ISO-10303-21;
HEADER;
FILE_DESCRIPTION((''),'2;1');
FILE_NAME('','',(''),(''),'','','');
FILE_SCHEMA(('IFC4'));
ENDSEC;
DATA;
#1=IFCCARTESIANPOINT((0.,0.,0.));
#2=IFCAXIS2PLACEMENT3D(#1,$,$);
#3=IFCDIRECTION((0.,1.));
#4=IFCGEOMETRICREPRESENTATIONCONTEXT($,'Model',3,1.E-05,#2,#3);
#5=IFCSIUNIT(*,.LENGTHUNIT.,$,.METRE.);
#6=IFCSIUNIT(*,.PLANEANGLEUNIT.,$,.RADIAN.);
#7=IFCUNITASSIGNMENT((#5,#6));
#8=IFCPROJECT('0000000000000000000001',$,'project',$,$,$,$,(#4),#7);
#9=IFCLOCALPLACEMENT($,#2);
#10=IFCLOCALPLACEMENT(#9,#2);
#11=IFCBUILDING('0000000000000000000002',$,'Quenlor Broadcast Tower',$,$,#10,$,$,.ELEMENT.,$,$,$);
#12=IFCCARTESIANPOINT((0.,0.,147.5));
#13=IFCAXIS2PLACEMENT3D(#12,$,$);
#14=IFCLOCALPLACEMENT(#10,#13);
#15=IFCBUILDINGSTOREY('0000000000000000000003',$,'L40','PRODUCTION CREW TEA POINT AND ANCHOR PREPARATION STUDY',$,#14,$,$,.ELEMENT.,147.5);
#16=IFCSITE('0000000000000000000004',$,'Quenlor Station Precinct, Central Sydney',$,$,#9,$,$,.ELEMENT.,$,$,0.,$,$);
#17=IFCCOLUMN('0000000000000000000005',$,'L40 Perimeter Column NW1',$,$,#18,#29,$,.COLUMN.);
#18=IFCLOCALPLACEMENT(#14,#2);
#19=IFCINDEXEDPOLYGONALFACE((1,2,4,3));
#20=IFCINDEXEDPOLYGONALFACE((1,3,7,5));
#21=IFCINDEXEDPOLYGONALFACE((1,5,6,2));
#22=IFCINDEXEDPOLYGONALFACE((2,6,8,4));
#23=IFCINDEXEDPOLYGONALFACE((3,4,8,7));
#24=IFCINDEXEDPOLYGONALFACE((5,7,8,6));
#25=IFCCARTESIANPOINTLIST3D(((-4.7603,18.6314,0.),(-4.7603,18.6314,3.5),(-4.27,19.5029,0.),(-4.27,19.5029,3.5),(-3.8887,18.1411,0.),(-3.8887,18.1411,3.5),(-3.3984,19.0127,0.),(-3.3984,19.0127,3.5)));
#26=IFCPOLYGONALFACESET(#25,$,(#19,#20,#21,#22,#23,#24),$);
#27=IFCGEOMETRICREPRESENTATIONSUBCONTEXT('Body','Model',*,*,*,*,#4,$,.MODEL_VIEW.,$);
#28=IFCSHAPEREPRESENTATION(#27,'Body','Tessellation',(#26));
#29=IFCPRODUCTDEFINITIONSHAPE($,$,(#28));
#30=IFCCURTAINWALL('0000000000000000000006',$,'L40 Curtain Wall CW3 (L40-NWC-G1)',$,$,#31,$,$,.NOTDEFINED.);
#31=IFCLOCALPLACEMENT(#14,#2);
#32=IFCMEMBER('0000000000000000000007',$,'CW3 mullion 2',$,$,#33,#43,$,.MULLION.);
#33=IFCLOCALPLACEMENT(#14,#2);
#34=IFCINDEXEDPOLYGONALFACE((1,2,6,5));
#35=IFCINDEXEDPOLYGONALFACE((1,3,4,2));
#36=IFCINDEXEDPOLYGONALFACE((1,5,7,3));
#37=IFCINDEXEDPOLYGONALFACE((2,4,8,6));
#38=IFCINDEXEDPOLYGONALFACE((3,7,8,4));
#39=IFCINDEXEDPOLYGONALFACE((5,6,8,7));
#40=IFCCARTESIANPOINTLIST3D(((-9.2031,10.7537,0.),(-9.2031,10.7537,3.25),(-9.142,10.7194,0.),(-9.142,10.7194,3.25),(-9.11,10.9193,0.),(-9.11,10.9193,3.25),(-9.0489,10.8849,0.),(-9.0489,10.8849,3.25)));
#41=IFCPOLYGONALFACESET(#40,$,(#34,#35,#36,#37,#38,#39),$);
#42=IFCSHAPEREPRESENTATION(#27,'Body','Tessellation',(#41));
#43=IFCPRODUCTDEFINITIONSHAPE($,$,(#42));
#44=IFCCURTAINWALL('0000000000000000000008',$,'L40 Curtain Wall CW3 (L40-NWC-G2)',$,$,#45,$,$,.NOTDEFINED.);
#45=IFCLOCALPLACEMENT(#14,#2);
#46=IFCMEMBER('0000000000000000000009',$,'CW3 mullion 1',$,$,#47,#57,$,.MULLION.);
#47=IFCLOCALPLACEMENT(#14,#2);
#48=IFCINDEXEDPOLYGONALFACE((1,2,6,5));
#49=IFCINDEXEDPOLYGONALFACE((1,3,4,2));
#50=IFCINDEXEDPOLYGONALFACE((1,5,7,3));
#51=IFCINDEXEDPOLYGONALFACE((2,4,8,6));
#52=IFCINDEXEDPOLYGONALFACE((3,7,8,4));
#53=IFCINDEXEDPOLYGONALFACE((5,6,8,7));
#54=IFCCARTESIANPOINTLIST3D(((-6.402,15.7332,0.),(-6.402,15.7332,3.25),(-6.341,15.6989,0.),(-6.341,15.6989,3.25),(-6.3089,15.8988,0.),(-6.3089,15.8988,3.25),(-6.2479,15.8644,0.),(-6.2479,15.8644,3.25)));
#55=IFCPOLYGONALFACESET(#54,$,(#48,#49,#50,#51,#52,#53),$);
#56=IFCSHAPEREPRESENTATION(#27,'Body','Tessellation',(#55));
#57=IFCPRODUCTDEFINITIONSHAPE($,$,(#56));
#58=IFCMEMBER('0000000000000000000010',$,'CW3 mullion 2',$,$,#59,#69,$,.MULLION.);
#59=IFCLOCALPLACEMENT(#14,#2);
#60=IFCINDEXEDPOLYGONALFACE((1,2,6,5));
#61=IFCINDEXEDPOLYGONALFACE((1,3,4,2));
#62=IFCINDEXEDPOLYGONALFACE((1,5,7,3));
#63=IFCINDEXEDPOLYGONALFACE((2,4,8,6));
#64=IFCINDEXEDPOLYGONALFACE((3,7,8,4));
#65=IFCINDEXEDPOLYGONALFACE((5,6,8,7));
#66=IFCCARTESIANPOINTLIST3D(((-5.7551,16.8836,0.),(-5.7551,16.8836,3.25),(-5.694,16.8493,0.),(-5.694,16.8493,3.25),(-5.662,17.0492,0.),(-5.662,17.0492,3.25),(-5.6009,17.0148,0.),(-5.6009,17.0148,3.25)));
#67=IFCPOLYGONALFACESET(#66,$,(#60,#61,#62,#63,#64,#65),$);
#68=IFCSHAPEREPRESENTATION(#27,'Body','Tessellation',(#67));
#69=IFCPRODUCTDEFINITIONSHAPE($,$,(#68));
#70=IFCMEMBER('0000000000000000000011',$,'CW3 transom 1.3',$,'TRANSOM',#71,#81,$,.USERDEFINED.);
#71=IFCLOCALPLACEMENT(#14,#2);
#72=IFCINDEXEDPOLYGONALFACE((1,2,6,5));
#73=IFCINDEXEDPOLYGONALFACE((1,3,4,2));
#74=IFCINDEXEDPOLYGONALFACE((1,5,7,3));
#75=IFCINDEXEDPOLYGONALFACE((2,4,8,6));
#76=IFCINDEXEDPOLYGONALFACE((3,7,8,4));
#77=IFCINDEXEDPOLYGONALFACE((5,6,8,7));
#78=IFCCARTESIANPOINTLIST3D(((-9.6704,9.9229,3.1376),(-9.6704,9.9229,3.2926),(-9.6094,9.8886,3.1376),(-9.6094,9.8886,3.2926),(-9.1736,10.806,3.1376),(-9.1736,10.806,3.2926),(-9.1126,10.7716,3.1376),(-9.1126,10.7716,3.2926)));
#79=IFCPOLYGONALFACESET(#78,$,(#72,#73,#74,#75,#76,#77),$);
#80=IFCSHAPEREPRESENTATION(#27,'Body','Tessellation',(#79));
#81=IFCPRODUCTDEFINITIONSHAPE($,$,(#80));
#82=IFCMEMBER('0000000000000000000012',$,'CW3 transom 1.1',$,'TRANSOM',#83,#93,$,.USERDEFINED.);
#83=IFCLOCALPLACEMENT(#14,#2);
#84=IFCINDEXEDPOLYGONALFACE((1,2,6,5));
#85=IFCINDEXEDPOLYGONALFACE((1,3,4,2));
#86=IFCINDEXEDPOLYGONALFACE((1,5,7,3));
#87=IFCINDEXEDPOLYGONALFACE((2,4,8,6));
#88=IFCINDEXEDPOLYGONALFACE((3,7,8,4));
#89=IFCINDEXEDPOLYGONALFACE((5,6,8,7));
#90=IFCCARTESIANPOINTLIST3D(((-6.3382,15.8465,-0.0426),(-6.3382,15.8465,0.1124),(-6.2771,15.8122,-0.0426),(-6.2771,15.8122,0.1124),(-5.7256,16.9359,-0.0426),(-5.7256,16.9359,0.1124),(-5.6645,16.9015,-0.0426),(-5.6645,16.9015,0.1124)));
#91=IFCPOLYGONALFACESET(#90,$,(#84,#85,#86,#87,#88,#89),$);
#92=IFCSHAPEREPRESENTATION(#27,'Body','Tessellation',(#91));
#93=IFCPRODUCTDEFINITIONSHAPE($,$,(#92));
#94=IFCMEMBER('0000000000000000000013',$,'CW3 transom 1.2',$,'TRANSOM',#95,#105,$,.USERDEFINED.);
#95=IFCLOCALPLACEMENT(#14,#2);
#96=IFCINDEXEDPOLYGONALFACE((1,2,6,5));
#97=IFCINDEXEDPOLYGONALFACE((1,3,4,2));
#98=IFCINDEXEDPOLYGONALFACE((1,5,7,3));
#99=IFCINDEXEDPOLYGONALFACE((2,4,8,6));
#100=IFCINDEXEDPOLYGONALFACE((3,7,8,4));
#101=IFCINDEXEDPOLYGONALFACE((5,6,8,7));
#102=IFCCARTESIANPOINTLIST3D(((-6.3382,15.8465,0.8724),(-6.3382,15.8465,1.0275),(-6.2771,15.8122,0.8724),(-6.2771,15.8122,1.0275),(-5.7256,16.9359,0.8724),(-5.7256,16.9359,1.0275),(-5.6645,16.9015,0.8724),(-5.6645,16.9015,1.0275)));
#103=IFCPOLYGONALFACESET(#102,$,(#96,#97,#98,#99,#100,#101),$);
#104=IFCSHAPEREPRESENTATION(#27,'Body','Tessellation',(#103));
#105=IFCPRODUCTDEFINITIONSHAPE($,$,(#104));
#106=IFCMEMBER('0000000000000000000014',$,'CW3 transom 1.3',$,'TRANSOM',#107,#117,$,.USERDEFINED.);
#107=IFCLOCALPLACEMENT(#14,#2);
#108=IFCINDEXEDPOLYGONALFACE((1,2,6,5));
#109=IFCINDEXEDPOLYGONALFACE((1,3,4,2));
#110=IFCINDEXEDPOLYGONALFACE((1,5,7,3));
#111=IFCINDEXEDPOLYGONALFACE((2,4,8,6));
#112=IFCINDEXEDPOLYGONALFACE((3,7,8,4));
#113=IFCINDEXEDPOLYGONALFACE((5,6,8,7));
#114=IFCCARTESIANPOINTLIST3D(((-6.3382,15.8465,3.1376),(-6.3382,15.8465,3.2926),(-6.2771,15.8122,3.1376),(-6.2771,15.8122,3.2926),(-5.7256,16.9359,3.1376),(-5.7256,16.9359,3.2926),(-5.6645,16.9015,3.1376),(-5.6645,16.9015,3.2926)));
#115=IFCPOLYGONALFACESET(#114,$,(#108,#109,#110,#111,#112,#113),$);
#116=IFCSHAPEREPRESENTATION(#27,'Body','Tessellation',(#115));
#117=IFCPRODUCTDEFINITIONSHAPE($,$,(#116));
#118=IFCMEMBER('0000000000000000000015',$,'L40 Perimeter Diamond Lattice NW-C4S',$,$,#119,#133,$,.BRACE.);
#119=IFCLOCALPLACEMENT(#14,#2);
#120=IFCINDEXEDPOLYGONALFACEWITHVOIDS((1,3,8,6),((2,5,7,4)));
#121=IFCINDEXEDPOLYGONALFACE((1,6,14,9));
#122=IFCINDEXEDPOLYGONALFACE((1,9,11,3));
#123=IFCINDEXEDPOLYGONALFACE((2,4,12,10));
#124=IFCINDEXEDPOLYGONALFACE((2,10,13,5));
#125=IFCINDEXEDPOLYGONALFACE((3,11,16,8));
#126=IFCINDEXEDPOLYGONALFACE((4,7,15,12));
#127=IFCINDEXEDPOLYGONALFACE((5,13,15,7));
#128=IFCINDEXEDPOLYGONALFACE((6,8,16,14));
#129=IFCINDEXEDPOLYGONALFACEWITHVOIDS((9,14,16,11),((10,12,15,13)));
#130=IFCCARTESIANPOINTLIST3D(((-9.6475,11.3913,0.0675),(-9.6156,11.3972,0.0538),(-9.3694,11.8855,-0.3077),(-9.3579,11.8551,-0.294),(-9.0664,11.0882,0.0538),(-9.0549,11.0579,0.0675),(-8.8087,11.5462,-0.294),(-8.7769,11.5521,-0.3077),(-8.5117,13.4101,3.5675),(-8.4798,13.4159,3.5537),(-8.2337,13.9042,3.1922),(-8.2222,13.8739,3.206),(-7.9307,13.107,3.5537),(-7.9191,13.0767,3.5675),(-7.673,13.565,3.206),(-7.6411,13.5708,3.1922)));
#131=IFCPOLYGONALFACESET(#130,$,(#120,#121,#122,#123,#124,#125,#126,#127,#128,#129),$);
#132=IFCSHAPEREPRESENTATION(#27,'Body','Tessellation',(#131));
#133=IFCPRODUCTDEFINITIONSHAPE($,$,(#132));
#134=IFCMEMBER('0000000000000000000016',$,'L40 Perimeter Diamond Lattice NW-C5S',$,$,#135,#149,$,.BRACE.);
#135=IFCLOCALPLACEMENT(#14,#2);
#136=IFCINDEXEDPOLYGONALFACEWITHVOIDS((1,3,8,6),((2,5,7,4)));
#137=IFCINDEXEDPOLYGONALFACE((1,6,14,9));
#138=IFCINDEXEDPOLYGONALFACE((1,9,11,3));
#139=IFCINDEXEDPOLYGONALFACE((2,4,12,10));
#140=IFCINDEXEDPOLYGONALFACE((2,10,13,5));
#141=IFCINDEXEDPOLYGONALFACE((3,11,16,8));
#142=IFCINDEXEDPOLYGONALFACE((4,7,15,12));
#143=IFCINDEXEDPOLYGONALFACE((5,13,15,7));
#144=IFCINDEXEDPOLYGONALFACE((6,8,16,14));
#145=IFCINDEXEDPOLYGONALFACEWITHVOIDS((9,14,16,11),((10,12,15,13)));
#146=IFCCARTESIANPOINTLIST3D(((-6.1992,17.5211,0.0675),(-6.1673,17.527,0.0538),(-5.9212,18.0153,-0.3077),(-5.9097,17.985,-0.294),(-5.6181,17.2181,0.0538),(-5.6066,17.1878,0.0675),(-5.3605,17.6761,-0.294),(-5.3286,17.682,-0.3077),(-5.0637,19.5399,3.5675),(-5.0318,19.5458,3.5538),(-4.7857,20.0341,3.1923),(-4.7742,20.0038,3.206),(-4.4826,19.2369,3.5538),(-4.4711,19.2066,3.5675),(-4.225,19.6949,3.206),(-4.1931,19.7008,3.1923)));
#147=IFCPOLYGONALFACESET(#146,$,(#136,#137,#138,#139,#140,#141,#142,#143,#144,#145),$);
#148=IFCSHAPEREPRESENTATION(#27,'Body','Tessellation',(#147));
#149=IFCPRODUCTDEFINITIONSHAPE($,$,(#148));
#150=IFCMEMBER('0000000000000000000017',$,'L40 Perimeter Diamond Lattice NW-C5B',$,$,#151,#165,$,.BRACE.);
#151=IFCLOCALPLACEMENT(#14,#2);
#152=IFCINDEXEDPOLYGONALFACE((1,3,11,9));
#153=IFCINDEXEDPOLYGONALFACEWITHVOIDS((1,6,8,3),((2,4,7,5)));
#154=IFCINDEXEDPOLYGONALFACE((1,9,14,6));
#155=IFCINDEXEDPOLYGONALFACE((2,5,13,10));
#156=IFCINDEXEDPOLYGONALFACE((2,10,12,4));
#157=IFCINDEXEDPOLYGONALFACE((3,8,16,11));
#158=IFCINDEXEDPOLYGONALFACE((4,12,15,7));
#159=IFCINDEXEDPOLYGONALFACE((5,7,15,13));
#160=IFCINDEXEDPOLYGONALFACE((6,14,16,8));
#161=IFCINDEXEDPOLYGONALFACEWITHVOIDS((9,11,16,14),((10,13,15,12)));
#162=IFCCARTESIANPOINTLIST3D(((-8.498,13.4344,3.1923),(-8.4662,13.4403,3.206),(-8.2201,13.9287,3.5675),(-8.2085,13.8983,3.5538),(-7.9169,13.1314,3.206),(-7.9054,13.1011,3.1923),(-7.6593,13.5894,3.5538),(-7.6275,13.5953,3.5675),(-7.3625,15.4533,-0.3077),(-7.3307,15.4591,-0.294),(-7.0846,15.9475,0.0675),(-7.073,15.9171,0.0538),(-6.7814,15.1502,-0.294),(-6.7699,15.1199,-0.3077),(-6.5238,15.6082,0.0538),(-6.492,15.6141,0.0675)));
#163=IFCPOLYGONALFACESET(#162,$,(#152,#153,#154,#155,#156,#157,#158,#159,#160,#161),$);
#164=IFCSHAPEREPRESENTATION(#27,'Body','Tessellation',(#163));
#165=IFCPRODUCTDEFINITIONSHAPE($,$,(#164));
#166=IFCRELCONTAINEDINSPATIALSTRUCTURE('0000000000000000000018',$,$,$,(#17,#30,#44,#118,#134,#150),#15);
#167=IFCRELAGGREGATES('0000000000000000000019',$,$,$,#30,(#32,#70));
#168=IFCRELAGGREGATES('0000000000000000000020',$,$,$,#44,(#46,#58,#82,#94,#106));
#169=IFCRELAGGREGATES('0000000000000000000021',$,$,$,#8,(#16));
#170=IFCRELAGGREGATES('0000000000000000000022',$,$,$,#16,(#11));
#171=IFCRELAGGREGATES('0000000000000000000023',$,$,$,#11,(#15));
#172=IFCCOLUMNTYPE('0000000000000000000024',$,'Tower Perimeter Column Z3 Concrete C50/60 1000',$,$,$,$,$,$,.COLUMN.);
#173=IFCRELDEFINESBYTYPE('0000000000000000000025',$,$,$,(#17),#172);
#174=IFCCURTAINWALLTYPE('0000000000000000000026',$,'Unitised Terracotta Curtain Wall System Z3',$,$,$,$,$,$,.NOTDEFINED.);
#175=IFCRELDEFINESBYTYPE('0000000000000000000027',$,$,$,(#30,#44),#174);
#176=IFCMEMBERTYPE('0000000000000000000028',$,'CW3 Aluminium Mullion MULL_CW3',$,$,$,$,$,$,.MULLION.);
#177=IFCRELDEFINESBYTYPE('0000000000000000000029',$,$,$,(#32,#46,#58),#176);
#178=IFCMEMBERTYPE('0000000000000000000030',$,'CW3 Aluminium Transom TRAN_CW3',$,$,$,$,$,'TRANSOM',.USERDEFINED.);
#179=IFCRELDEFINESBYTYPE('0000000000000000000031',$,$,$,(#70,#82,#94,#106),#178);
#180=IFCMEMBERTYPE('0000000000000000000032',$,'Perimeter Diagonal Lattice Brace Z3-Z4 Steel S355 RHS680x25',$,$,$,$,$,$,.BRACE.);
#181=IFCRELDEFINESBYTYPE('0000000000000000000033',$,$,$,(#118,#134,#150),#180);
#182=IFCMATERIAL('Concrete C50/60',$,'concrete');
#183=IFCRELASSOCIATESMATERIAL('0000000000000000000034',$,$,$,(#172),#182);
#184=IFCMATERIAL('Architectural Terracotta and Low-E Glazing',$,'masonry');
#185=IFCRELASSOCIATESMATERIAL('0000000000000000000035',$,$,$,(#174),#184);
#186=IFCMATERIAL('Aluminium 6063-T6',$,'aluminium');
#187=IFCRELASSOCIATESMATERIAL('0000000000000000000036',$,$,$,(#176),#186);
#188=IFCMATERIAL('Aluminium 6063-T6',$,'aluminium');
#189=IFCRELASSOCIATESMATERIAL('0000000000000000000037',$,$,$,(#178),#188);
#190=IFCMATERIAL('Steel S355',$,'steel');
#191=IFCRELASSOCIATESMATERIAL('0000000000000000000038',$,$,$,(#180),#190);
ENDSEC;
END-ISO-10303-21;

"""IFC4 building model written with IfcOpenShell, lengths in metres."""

from ifc_helpers import new_model, si_unit, direction, frame, origin, origin_2d, place, context, subcontext, project, spatial, rectangle, hollow_rectangle, extrude, material, material_profile, profile_set, type_object, element, aggregate, save


model = new_model("IFC4")

# Units and contexts
model_context = context("Model", 3, precision=1e-05, world=origin(), true_north=direction((0.0, 1.0)))
body_context = subcontext(model_context, "Body", "Model", "MODEL_VIEW")
ifc_project = project(units=[si_unit("LENGTHUNIT", "METRE"), si_unit("PLANEANGLEUNIT", "RADIAN")], contexts=[model_context])

# Site, building, storey
site_placement = place(None, origin())
site = spatial("IfcSite", under=ifc_project, at=site_placement, Name="Quenlor Station Precinct, Central Sydney", CompositionType="ELEMENT", RefElevation=0.0)
building_placement = place(site_placement, origin())
building = spatial("IfcBuilding", under=site, at=building_placement, Name="Quenlor Broadcast Tower", CompositionType="ELEMENT")
storey_placement = place(building_placement, frame((0.0, 0.0, 147.5)))
storey = spatial("IfcBuildingStorey", under=building, at=storey_placement, Name="L40", Description="PRODUCTION CREW TEA POINT AND ANCHOR PREPARATION STUDY", CompositionType="ELEMENT", Elevation=147.5)

# Column
ifc_material_1 = material(Name="Concrete C50/60", Category="concrete")
ifc_material_profile_1 = material_profile(ifc_material_1, rectangle(XDim=1.0, YDim=1.0, at=origin_2d()))
ifc_profile_set_1 = profile_set([ifc_material_profile_1], Name="Concrete C50/60 RC1000x1000")
column_type = type_object("IfcColumnType", Name="Tower Perimeter Column Z3 Concrete C50/60 1000", PredefinedType="COLUMN", material=ifc_profile_set_1)
column_placement = place(storey_placement, frame((-4.0793, 18.822, 0.0), z_axis=(0.0, 0.0, 1.0), x_axis=(-0.871575, 0.490262, 0.0)))
element("IfcColumn", 1, at=column_placement, inside=storey, type_object=column_type, Name="L40 Perimeter Column NW1", PredefinedType="COLUMN", context=body_context, shape_type="SweptSolid", body=[
    extrude(rectangle(XDim=1.0, YDim=1.0, at=origin_2d()), origin(), (0.0, 0.0, 1.0), 3.5),
])

# Curtain wall, member
ifc_material_2 = material(Name="Architectural Terracotta and Low-E Glazing", Category="masonry")
curtain_wall_type = type_object("IfcCurtainWallType", Name="Unitised Terracotta Curtain Wall System Z3", PredefinedType="NOTDEFINED", material=ifc_material_2)
curtain_wall_1_placement = place(storey_placement, origin())
curtain_wall_1 = element("IfcCurtainWall", 2, at=curtain_wall_1_placement, inside=storey, type_object=curtain_wall_type, Name="L40 Curtain Wall CW3 (L40-NWC-G1)", PredefinedType="NOTDEFINED")
ifc_material_3 = material(Name="Aluminium 6063-T6", Category="aluminium")
ifc_material_profile_2 = material_profile(ifc_material_3, rectangle(XDim=0.0701, YDim=0.1899, at=origin_2d()))
ifc_profile_set_2 = profile_set([ifc_material_profile_2], Name="Aluminium 6063-T6 MULL70x190")
member_type_1 = type_object("IfcMemberType", Name="CW3 Aluminium Mullion MULL_CW3", PredefinedType="MULLION", material=ifc_profile_set_2)
member_1_placement = place(storey_placement, frame((-9.126, 10.8193, 0.0), z_axis=(0.0, 0.0, 1.0), x_axis=(-0.871601, 0.490216, 0.0)))
member_1 = element("IfcMember", 3, at=member_1_placement, type_object=member_type_1, Name="CW3 mullion 2", PredefinedType="MULLION", context=body_context, shape_type="SweptSolid", body=[
    extrude(rectangle(XDim=0.0701, YDim=0.1899, at=origin_2d()), origin(), (0.0, 0.0, 1.0), 3.25),
])

# Curtain wall, members
curtain_wall_2_placement = place(storey_placement, origin())
curtain_wall_2 = element("IfcCurtainWall", 4, at=curtain_wall_2_placement, inside=storey, type_object=curtain_wall_type, Name="L40 Curtain Wall CW3 (L40-NWC-G2)", PredefinedType="NOTDEFINED")
member_2_placement = place(storey_placement, frame((-6.325, 15.7988, 0.0), z_axis=(0.0, 0.0, 1.0), x_axis=(-0.871593, 0.49023, 0.0)))
member_2 = element("IfcMember", 5, at=member_2_placement, type_object=member_type_1, Name="CW3 mullion 1", PredefinedType="MULLION", context=body_context, shape_type="SweptSolid", body=[
    extrude(rectangle(XDim=0.0701, YDim=0.1899, at=origin_2d()), origin(), (0.0, 0.0, 1.0), 3.25),
])
member_3_placement = place(storey_placement, frame((-5.678, 16.9492, 0.0), z_axis=(0.0, 0.0, 1.0), x_axis=(-0.871593, 0.49023, 0.0)))
member_3 = element("IfcMember", 6, at=member_3_placement, type_object=member_type_1, Name="CW3 mullion 2", PredefinedType="MULLION", context=body_context, shape_type="SweptSolid", body=[
    extrude(rectangle(XDim=0.0701, YDim=0.1899, at=origin_2d()), origin(), (0.0, 0.0, 1.0), 3.25),
])

# Members
ifc_material_4 = material(Name="Aluminium 6063-T6", Category="aluminium")
ifc_material_profile_3 = material_profile(ifc_material_4, rectangle(XDim=0.0701, YDim=0.155, at=origin_2d()))
ifc_profile_set_3 = profile_set([ifc_material_profile_3], Name="Aluminium 6063-T6 TRAN70x155")
member_type_2 = type_object("IfcMemberType", Name="CW3 Aluminium Transom TRAN_CW3", ElementType="TRANSOM", PredefinedType="USERDEFINED", material=ifc_profile_set_3)
member_4_placement = place(storey_placement, frame((-9.6399, 9.9058, 3.2151), z_axis=(0.490341, 0.87153, 0.0), x_axis=(-0.87153, 0.490341, 0.0)))
member_4 = element("IfcMember", 7, at=member_4_placement, type_object=member_type_2, Name="CW3 transom 1.3", ObjectType="TRANSOM", PredefinedType="USERDEFINED", context=body_context, shape_type="SweptSolid", body=[
    extrude(rectangle(XDim=0.0701, YDim=0.155, at=origin_2d()), origin(), (0.0, 0.0, 1.0), 1.0132),
])
member_5_placement = place(storey_placement, frame((-6.3076, 15.8293, 0.0349), z_axis=(0.490131, 0.871649, 0.0), x_axis=(-0.871649, 0.490131, 0.0)))
member_5 = element("IfcMember", 8, at=member_5_placement, type_object=member_type_2, Name="CW3 transom 1.1", ObjectType="TRANSOM", PredefinedType="USERDEFINED", context=body_context, shape_type="SweptSolid", body=[
    extrude(rectangle(XDim=0.0701, YDim=0.155, at=origin_2d()), origin(), (0.0, 0.0, 1.0), 1.2498),
])
member_6_placement = place(storey_placement, frame((-6.3076, 15.8293, 0.95), z_axis=(0.490131, 0.871649, 0.0), x_axis=(-0.871649, 0.490131, 0.0)))
member_6 = element("IfcMember", 9, at=member_6_placement, type_object=member_type_2, Name="CW3 transom 1.2", ObjectType="TRANSOM", PredefinedType="USERDEFINED", context=body_context, shape_type="SweptSolid", body=[
    extrude(rectangle(XDim=0.0701, YDim=0.155, at=origin_2d()), origin(), (0.0, 0.0, 1.0), 1.2498),
])
member_7_placement = place(storey_placement, frame((-6.3076, 15.8293, 3.2151), z_axis=(0.490131, 0.871649, 0.0), x_axis=(-0.871649, 0.490131, 0.0)))
member_7 = element("IfcMember", 10, at=member_7_placement, type_object=member_type_2, Name="CW3 transom 1.3", ObjectType="TRANSOM", PredefinedType="USERDEFINED", context=body_context, shape_type="SweptSolid", body=[
    extrude(rectangle(XDim=0.0701, YDim=0.155, at=origin_2d()), origin(), (0.0, 0.0, 1.0), 1.2498),
])

# Members
ifc_material_5 = material(Name="Steel S355", Category="steel")
ifc_material_profile_4 = material_profile(ifc_material_5, hollow_rectangle(XDim=0.6799, YDim=0.6799, WallThickness=0.0249, at=origin_2d()))
ifc_profile_set_4 = profile_set([ifc_material_profile_4], Name="Steel S355 RHS680x680x25")
member_type_3 = type_object("IfcMemberType", Name="Perimeter Diagonal Lattice Brace Z3-Z4 Steel S355 RHS680x25", PredefinedType="BRACE", material=ifc_profile_set_4)
for number, where, z_axis, x_axis, name in (
    (11, (-9.2122, 11.4717, -0.1201), (0.270603, 0.481001, 0.833914), (-0.871545, 0.490316, 0.0), "L40 Perimeter Diamond Lattice NW-C4S"),
    (12, (-5.7639, 17.6016, -0.1201), (0.270549, 0.481009, 0.833927), (-0.87159, 0.490236, 0.0), "L40 Perimeter Diamond Lattice NW-C5S"),
    (13, (-6.9272, 15.5337, -0.1201), (-0.270549, -0.481009, 0.833927), (0.87159, -0.490236, 0.0), "L40 Perimeter Diamond Lattice NW-C5B"),
):
    element("IfcMember", number, at=place(storey_placement, frame(where, z_axis=z_axis, x_axis=x_axis)), inside=storey, type_object=member_type_3, Name=name, PredefinedType="BRACE", context=body_context, shape_type="SweptSolid", body=[
        extrude(hollow_rectangle(XDim=0.6799, YDim=0.6799, WallThickness=0.0249, at=origin_2d()), origin(), (0.0, 0.0, 1.0), 4.197),
    ])

aggregate(curtain_wall_1, [member_1, member_4])
aggregate(curtain_wall_2, [member_2, member_3, member_5, member_6, member_7])

save(model, "model.ifc")
